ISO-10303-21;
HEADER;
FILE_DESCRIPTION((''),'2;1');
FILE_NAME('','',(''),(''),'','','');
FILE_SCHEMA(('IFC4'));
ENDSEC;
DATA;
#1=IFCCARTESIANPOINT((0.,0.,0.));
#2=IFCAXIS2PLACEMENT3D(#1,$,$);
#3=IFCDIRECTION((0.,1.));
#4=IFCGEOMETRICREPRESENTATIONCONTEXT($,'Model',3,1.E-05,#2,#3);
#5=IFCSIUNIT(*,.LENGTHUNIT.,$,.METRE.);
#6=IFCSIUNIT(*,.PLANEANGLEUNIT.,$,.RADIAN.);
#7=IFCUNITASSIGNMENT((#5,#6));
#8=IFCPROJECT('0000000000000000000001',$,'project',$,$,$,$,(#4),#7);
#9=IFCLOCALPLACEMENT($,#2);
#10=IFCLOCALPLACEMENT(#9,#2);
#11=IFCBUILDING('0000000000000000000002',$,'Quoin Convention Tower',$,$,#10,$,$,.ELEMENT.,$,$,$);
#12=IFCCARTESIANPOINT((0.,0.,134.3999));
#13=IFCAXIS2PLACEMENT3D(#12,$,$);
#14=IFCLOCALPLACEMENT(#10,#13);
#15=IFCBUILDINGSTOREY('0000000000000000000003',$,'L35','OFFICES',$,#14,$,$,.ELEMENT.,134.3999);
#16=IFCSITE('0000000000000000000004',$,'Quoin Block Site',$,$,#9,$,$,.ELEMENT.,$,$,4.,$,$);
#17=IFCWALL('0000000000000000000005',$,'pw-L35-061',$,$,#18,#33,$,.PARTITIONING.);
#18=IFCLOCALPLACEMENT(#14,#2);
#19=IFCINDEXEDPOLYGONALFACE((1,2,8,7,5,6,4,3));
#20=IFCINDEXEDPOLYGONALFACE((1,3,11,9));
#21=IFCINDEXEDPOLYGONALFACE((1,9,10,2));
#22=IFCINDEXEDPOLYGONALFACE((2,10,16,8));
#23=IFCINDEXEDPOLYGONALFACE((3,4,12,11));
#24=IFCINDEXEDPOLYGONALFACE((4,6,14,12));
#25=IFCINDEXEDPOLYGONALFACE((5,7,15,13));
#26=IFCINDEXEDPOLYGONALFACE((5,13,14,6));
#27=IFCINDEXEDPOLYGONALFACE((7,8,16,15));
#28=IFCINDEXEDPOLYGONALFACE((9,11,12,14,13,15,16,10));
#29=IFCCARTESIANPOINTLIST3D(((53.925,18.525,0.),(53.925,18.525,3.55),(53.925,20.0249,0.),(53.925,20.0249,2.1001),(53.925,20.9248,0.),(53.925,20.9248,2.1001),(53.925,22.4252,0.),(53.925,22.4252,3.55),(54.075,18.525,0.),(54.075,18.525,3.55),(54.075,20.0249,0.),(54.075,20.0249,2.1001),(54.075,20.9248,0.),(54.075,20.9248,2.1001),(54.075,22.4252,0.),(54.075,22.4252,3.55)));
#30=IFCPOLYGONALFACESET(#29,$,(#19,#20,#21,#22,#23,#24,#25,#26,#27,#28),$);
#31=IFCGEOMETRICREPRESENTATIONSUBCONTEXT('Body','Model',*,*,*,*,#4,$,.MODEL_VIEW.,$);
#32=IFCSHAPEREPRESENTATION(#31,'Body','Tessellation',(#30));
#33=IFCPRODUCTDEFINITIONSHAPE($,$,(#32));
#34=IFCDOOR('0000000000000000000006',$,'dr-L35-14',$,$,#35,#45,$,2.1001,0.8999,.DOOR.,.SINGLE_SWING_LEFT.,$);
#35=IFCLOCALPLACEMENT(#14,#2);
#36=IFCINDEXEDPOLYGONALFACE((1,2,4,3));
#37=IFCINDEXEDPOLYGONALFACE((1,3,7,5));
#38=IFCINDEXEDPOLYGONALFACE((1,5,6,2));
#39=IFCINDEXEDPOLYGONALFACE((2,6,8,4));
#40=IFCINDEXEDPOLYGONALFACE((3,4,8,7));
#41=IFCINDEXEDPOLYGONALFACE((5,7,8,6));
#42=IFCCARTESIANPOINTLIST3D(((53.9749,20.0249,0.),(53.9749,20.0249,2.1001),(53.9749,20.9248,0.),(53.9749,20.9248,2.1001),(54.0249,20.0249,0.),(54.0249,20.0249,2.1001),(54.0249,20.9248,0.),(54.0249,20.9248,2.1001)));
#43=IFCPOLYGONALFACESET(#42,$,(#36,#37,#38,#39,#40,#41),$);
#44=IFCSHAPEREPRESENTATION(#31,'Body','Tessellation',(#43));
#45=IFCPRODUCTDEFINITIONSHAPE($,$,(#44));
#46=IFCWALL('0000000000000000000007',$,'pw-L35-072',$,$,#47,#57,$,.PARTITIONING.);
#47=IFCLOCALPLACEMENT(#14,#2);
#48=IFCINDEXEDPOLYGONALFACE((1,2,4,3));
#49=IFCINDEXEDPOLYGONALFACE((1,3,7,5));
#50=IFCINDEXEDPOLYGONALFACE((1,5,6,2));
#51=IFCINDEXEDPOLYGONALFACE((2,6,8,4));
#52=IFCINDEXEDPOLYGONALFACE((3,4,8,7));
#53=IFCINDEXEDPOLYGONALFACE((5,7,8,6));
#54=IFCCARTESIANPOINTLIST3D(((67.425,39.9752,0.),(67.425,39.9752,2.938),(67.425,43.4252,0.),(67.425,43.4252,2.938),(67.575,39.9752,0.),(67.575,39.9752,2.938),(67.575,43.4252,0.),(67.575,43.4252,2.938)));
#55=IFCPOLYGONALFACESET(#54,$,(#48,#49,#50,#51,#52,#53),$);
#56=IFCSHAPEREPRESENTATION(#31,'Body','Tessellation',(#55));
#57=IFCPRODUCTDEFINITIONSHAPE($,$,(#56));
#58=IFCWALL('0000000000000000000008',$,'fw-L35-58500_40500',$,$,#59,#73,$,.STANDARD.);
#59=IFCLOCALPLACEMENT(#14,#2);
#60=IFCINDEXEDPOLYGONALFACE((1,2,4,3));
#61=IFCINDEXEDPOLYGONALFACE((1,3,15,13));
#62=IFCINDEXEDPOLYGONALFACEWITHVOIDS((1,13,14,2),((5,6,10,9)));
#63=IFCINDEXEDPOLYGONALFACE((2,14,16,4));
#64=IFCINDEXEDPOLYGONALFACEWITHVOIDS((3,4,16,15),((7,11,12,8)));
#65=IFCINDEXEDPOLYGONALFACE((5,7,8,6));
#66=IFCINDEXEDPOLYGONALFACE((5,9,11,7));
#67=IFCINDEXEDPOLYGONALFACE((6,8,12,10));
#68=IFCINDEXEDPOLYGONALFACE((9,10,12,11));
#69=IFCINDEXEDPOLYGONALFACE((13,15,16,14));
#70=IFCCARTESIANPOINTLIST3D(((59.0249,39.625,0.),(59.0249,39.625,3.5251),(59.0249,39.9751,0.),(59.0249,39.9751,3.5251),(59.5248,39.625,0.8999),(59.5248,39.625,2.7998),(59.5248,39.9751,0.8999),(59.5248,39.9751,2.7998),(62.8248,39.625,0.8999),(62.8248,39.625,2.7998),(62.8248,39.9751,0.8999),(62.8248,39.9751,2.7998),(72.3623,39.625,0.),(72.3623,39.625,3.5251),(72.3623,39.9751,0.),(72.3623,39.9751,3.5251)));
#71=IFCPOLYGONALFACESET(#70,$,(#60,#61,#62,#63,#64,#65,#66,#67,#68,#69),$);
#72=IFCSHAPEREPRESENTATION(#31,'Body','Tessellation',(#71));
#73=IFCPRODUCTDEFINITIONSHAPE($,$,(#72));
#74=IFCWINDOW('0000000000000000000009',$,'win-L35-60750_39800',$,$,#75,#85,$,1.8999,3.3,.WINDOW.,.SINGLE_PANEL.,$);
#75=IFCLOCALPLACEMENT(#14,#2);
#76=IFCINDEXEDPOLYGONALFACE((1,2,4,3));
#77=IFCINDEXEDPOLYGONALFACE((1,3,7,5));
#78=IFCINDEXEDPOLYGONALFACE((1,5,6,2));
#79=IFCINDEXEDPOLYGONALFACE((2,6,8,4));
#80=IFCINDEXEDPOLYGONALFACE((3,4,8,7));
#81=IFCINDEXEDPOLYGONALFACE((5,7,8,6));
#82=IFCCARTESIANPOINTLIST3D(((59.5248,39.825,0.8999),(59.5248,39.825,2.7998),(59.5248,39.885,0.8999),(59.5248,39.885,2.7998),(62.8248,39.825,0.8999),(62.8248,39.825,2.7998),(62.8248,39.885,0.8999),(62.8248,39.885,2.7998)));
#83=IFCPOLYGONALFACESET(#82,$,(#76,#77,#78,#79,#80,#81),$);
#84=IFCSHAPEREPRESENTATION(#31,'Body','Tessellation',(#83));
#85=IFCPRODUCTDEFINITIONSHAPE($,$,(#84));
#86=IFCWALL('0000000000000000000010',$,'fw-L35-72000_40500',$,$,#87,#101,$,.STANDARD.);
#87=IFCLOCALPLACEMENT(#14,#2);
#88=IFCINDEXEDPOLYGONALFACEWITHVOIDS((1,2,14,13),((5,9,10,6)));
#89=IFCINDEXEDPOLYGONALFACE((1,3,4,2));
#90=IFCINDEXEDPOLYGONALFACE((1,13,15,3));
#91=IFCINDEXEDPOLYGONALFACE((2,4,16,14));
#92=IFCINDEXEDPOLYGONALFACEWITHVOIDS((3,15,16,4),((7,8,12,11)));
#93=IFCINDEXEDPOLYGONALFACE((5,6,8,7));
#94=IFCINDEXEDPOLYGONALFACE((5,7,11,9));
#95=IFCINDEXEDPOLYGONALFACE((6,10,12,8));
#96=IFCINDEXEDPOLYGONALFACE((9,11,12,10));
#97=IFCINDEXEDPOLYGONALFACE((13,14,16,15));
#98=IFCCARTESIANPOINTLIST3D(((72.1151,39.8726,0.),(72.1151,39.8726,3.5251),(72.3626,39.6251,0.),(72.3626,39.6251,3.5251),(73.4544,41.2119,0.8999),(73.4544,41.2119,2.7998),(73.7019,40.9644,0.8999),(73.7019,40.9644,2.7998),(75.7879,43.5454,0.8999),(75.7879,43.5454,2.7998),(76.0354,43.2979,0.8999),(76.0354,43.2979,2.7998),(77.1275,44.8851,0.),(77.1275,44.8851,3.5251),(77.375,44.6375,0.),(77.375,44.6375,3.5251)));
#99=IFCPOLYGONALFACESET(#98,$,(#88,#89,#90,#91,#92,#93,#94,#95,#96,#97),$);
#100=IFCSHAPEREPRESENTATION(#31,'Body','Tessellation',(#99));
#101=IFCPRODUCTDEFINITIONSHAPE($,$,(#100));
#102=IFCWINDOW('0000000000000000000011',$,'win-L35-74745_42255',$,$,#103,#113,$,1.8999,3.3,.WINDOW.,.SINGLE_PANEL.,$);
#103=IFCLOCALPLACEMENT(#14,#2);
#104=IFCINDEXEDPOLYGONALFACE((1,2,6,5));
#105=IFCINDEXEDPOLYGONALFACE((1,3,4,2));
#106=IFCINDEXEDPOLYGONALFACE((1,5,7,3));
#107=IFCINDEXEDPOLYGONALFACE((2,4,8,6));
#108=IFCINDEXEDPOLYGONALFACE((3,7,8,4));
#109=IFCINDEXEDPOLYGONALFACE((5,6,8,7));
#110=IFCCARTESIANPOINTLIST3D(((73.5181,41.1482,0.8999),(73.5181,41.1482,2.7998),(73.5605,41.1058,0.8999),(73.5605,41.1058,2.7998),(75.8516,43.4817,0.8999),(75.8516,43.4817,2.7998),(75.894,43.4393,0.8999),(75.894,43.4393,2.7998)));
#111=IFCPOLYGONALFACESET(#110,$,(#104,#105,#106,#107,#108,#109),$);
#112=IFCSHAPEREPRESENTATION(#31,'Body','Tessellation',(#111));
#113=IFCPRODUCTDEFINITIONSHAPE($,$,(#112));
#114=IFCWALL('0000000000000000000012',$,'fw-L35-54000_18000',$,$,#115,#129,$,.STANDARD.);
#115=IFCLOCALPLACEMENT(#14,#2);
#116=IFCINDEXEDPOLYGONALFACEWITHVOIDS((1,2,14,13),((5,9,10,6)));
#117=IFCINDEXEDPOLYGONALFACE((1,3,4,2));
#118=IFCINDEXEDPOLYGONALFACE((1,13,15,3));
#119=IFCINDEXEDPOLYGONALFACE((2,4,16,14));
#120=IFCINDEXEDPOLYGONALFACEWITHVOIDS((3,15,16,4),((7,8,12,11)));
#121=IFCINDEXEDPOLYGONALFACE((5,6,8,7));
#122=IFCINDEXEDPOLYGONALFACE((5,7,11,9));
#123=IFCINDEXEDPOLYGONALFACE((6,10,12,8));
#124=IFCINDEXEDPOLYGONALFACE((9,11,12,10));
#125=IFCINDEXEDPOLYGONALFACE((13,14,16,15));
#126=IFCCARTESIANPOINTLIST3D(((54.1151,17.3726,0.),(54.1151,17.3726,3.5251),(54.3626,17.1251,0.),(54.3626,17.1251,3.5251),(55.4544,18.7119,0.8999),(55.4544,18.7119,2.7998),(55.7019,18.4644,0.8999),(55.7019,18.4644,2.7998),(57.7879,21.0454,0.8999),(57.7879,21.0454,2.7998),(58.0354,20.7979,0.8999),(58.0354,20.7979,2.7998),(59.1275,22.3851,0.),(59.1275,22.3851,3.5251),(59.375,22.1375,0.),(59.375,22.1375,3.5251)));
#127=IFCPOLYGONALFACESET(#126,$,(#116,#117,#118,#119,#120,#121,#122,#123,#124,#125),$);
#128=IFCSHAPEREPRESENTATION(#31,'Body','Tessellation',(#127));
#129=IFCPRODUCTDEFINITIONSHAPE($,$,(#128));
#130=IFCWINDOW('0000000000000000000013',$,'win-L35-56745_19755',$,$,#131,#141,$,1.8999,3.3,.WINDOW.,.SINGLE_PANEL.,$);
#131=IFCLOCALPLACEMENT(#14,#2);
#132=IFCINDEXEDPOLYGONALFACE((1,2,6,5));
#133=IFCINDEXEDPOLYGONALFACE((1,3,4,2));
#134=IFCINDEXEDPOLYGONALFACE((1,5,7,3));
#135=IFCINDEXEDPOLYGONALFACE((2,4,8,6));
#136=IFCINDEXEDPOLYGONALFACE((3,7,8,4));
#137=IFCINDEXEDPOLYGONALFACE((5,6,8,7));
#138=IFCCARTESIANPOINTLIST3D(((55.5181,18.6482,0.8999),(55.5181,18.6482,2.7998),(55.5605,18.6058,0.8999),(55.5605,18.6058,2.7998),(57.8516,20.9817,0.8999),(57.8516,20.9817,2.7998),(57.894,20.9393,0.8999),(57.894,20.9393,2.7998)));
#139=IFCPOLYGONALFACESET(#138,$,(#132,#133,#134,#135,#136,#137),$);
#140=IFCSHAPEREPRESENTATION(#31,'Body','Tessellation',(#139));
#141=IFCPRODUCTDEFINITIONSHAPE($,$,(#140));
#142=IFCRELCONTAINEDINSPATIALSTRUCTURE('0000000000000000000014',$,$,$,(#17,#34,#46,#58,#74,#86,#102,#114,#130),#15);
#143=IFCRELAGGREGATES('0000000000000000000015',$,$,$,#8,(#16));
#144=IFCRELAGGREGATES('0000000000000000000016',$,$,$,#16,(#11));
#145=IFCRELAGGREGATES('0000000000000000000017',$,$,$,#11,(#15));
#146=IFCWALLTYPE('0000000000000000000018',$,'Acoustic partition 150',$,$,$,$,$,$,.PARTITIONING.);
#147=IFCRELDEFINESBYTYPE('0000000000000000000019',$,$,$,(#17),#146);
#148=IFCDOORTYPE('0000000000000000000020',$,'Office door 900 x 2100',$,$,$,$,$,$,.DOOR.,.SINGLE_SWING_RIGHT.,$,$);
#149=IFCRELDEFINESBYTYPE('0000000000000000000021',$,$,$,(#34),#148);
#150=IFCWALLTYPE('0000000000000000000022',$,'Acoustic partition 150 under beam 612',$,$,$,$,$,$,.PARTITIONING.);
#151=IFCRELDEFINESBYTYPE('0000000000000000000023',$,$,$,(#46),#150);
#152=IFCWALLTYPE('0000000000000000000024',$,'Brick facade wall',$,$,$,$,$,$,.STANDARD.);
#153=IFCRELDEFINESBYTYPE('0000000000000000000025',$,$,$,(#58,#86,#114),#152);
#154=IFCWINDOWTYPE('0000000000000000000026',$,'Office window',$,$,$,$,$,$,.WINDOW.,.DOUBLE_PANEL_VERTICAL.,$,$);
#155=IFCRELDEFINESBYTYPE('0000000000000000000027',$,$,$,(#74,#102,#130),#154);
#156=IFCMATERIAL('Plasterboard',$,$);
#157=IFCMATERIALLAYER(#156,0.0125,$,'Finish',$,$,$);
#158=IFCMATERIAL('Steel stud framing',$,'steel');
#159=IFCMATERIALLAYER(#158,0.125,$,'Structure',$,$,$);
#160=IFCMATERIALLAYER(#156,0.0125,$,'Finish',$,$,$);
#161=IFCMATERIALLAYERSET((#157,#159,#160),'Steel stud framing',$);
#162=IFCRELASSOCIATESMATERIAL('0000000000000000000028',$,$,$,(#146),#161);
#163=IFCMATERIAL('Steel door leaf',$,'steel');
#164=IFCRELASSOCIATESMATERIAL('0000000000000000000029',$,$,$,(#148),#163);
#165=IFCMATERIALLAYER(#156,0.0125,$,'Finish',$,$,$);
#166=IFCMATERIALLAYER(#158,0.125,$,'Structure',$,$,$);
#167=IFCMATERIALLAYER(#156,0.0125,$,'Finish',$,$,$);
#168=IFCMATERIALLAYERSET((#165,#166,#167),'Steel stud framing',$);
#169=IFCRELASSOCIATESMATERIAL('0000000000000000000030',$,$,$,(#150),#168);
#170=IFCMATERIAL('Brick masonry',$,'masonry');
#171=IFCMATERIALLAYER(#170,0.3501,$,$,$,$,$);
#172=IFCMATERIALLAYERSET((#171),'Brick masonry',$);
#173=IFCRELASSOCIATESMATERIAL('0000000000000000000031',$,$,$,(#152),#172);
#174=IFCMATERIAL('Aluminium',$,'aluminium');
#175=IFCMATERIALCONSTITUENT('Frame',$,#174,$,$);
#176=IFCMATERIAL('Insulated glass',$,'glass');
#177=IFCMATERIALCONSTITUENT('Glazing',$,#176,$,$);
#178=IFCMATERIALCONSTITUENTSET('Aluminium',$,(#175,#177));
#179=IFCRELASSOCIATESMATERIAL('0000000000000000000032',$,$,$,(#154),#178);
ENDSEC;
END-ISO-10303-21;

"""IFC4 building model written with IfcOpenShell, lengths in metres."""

from ifc_helpers import new_model, si_unit, direction, frame, frame_2d, origin, place, context, subcontext, project, spatial, rectangle, extrude, material, layer, layer_set, constituent, constituent_set, type_object, element, fill, save


model = new_model("IFC4")

# Units and contexts
model_context = context("Model", 3, precision=1e-05, world=origin(), true_north=direction((0.0, 1.0)))
body_context = subcontext(model_context, "Body", "Model", "MODEL_VIEW")
ifc_project = project(units=[si_unit("LENGTHUNIT", "METRE"), si_unit("PLANEANGLEUNIT", "RADIAN")], contexts=[model_context])

# Site, building, storey
site_placement = place(None, origin())
site = spatial("IfcSite", under=ifc_project, at=site_placement, Name="Quoin Block Site", CompositionType="ELEMENT", RefElevation=4.0)
building_placement = place(site_placement, origin())
building = spatial("IfcBuilding", under=site, at=building_placement, Name="Quoin Convention Tower", CompositionType="ELEMENT")
storey_placement = place(building_placement, frame((0.0, 0.0, 134.3999)))
storey = spatial("IfcBuildingStorey", under=building, at=storey_placement, Name="L35", Description="OFFICES", CompositionType="ELEMENT", Elevation=134.3999)

# Wall, opening, door
ifc_material_1 = material(Name="Plasterboard")
ifc_layer_1 = layer(ifc_material_1, 0.0125, Name="Finish")
ifc_material_2 = material(Name="Steel stud framing", Category="steel")
ifc_layer_2 = layer(ifc_material_2, 0.125, Name="Structure")
ifc_layer_3 = layer(ifc_material_1, 0.0125, Name="Finish")
ifc_layer_set_1 = layer_set([ifc_layer_1, ifc_layer_2, ifc_layer_3], Name="Steel stud framing")
wall_type_1 = type_object("IfcWallType", Name="Acoustic partition 150", PredefinedType="PARTITIONING", material=ifc_layer_set_1)
wall_1_placement = place(storey_placement, frame((54.0, 18.5249, 0.0), z_axis=(0.0, 0.0, 1.0), x_axis=(0.0, 1.0, 0.0)))
wall_1 = element("IfcWall", 1, at=wall_1_placement, inside=storey, type_object=wall_type_1, Name="pw-L35-061", PredefinedType="PARTITIONING", context=body_context, shape_type="SweptSolid", body=[
    extrude(rectangle(XDim=3.9001, YDim=0.1499, at=frame_2d((1.9502, 0.0))), origin(), (0.0, 0.0, 1.0), 3.55),
])
opening_1_placement = place(wall_1_placement, frame((1.5, 0.0, 0.0)))
opening_1 = element("IfcOpeningElement", 2, at=opening_1_placement, cuts=wall_1, PredefinedType="OPENING", context=body_context, shape_type="SweptSolid", body=[
    extrude(rectangle(XDim=0.8999, YDim=2.1001, at=frame_2d((0.45, 1.05))), frame((0.0, 0.085, 0.0), z_axis=(0.0, -1.0, 0.0), x_axis=(1.0, 0.0, 0.0)), (0.0, 0.0, 1.0), 0.1699),
])
ifc_material_3 = material(Name="Steel door leaf", Category="steel")
door_type = type_object("IfcDoorType", Name="Office door 900 x 2100", OperationType="SINGLE_SWING_RIGHT", PredefinedType="DOOR", material=ifc_material_3)
door_1_placement = place(opening_1_placement, frame((0.8999, 0.0, 0.0), z_axis=(0.0, 0.0, 1.0), x_axis=(-1.0, 0.0, 0.0)))
door_1 = element("IfcDoor", 3, at=door_1_placement, inside=storey, type_object=door_type, Name="dr-L35-14", OperationType="SINGLE_SWING_LEFT", OverallHeight=2.1001, OverallWidth=0.8999, PredefinedType="DOOR", context=body_context, shape_type="SweptSolid", body=[
    extrude(rectangle(XDim=0.8999, YDim=2.1001, at=frame_2d((0.45, 1.05))), frame((0.0, 0.0249, 0.0), z_axis=(0.0, -1.0, 0.0), x_axis=(1.0, 0.0, 0.0)), (0.0, 0.0, 1.0), 0.05),
])
fill(opening_1, door_1)

# Wall
ifc_layer_4 = layer(ifc_material_1, 0.0125, Name="Finish")
ifc_layer_5 = layer(ifc_material_2, 0.125, Name="Structure")
ifc_layer_6 = layer(ifc_material_1, 0.0125, Name="Finish")
ifc_layer_set_2 = layer_set([ifc_layer_4, ifc_layer_5, ifc_layer_6], Name="Steel stud framing")
wall_type_2 = type_object("IfcWallType", Name="Acoustic partition 150 under beam 612", PredefinedType="PARTITIONING", material=ifc_layer_set_2)
wall_2_placement = place(storey_placement, frame((67.5, 39.9751, 0.0), z_axis=(0.0, 0.0, 1.0), x_axis=(0.0, 1.0, 0.0)))
element("IfcWall", 4, at=wall_2_placement, inside=storey, type_object=wall_type_2, Name="pw-L35-072", PredefinedType="PARTITIONING", context=body_context, shape_type="SweptSolid", body=[
    extrude(rectangle(XDim=3.45, YDim=0.1499, at=frame_2d((1.7251, 0.0))), origin(), (0.0, 0.0, 1.0), 2.938),
])

# Walls, openings, windows
ifc_material_4 = material(Name="Brick masonry", Category="masonry")
ifc_layer_7 = layer(ifc_material_4, 0.3501)
ifc_layer_set_3 = layer_set([ifc_layer_7], Name="Brick masonry")
wall_type_3 = type_object("IfcWallType", Name="Brick facade wall", PredefinedType="STANDARD", material=ifc_layer_set_3)
wall_3_placement = place(storey_placement, frame((59.0249, 39.8, 0.0), z_axis=(0.0, 0.0, 1.0), x_axis=(1.0, 0.0, 0.0)))
wall_3 = element("IfcWall", 5, at=wall_3_placement, inside=storey, type_object=wall_type_3, Name="fw-L35-58500_40500", PredefinedType="STANDARD", context=body_context, shape_type="SweptSolid", body=[
    extrude(rectangle(XDim=13.3374, YDim=0.3501, at=frame_2d((6.6687, 0.0))), origin(), (0.0, 0.0, 1.0), 3.5251),
])
opening_2_placement = place(wall_3_placement, frame((0.5, 0.0, 0.8999)))
opening_2 = element("IfcOpeningElement", 6, at=opening_2_placement, cuts=wall_3, PredefinedType="OPENING", context=body_context, shape_type="SweptSolid", body=[
    extrude(rectangle(XDim=3.3, YDim=1.8999, at=frame_2d((1.6499, 0.95))), frame((0.0, 0.1851, 0.0), z_axis=(0.0, -1.0, 0.0), x_axis=(1.0, 0.0, 0.0)), (0.0, 0.0, 1.0), 0.3701),
])
ifc_material_5 = material(Name="Aluminium", Category="aluminium")
ifc_constituent_1 = constituent(ifc_material_5, Name="Frame")
ifc_material_6 = material(Name="Insulated glass", Category="glass")
ifc_constituent_2 = constituent(ifc_material_6, Name="Glazing")
ifc_constituent_set = constituent_set(constituents=[ifc_constituent_1, ifc_constituent_2], Name="Aluminium")
window_type = type_object("IfcWindowType", Name="Office window", PartitioningType="DOUBLE_PANEL_VERTICAL", PredefinedType="WINDOW", material=ifc_constituent_set)
window_1_placement = place(opening_2_placement, origin())
window_1 = element("IfcWindow", 7, at=window_1_placement, inside=storey, type_object=window_type, Name="win-L35-60750_39800", OverallHeight=1.8999, OverallWidth=3.3, PartitioningType="SINGLE_PANEL", PredefinedType="WINDOW", context=body_context, shape_type="SweptSolid", body=[
    extrude(rectangle(XDim=3.3, YDim=1.8999, at=frame_2d((1.6499, 0.95))), frame((0.0, 0.085, 0.0), z_axis=(0.0, -1.0, 0.0), x_axis=(1.0, 0.0, 0.0)), (0.0, 0.0, 1.0), 0.0601),
])
fill(opening_2, window_1)
wall_4_placement = place(storey_placement, frame((72.2388, 39.7488, 0.0), z_axis=(0.0, 0.0, 1.0), x_axis=(0.707107, 0.707107, 0.0)))
wall_4 = element("IfcWall", 8, at=wall_4_placement, inside=storey, type_object=wall_type_3, Name="fw-L35-72000_40500", PredefinedType="STANDARD", context=body_context, shape_type="SweptSolid", body=[
    extrude(rectangle(XDim=7.0886, YDim=0.3501, at=frame_2d((3.5444, 0.0))), origin(), (0.0, 0.0, 1.0), 3.5251),
])
opening_3_placement = place(wall_4_placement, frame((1.8943, 0.0, 0.8999)))
opening_3 = element("IfcOpeningElement", 9, at=opening_3_placement, cuts=wall_4, PredefinedType="OPENING", context=body_context, shape_type="SweptSolid", body=[
    extrude(rectangle(XDim=3.3, YDim=1.8999, at=frame_2d((1.6499, 0.95))), frame((0.0, 0.1851, 0.0), z_axis=(0.0, -1.0, 0.0), x_axis=(1.0, 0.0, 0.0)), (0.0, 0.0, 1.0), 0.3701),
])
window_2_placement = place(opening_3_placement, origin())
window_2 = element("IfcWindow", 10, at=window_2_placement, inside=storey, type_object=window_type, Name="win-L35-74745_42255", OverallHeight=1.8999, OverallWidth=3.3, PartitioningType="SINGLE_PANEL", PredefinedType="WINDOW", context=body_context, shape_type="SweptSolid", body=[
    extrude(rectangle(XDim=3.3, YDim=1.8999, at=frame_2d((1.6499, 0.95))), frame((0.0, 0.085, 0.0), z_axis=(0.0, -1.0, 0.0), x_axis=(1.0, 0.0, 0.0)), (0.0, 0.0, 1.0), 0.0601),
])
fill(opening_3, window_2)
wall_5_placement = place(storey_placement, frame((54.2388, 17.2488, 0.0), z_axis=(0.0, 0.0, 1.0), x_axis=(0.707107, 0.707107, 0.0)))
wall_5 = element("IfcWall", 11, at=wall_5_placement, inside=storey, type_object=wall_type_3, Name="fw-L35-54000_18000", PredefinedType="STANDARD", context=body_context, shape_type="SweptSolid", body=[
    extrude(rectangle(XDim=7.0886, YDim=0.3501, at=frame_2d((3.5444, 0.0))), origin(), (0.0, 0.0, 1.0), 3.5251),
])
opening_4_placement = place(wall_5_placement, frame((1.8943, 0.0, 0.8999)))
opening_4 = element("IfcOpeningElement", 12, at=opening_4_placement, cuts=wall_5, PredefinedType="OPENING", context=body_context, shape_type="SweptSolid", body=[
    extrude(rectangle(XDim=3.3, YDim=1.8999, at=frame_2d((1.6499, 0.95))), frame((0.0, 0.1851, 0.0), z_axis=(0.0, -1.0, 0.0), x_axis=(1.0, 0.0, 0.0)), (0.0, 0.0, 1.0), 0.3701),
])
window_3_placement = place(opening_4_placement, origin())
window_3 = element("IfcWindow", 13, at=window_3_placement, inside=storey, type_object=window_type, Name="win-L35-56745_19755", OverallHeight=1.8999, OverallWidth=3.3, PartitioningType="SINGLE_PANEL", PredefinedType="WINDOW", context=body_context, shape_type="SweptSolid", body=[
    extrude(rectangle(XDim=3.3, YDim=1.8999, at=frame_2d((1.6499, 0.95))), frame((0.0, 0.085, 0.0), z_axis=(0.0, -1.0, 0.0), x_axis=(1.0, 0.0, 0.0)), (0.0, 0.0, 1.0), 0.0601),
])
fill(opening_4, window_3)

save(model, "model.ifc")
